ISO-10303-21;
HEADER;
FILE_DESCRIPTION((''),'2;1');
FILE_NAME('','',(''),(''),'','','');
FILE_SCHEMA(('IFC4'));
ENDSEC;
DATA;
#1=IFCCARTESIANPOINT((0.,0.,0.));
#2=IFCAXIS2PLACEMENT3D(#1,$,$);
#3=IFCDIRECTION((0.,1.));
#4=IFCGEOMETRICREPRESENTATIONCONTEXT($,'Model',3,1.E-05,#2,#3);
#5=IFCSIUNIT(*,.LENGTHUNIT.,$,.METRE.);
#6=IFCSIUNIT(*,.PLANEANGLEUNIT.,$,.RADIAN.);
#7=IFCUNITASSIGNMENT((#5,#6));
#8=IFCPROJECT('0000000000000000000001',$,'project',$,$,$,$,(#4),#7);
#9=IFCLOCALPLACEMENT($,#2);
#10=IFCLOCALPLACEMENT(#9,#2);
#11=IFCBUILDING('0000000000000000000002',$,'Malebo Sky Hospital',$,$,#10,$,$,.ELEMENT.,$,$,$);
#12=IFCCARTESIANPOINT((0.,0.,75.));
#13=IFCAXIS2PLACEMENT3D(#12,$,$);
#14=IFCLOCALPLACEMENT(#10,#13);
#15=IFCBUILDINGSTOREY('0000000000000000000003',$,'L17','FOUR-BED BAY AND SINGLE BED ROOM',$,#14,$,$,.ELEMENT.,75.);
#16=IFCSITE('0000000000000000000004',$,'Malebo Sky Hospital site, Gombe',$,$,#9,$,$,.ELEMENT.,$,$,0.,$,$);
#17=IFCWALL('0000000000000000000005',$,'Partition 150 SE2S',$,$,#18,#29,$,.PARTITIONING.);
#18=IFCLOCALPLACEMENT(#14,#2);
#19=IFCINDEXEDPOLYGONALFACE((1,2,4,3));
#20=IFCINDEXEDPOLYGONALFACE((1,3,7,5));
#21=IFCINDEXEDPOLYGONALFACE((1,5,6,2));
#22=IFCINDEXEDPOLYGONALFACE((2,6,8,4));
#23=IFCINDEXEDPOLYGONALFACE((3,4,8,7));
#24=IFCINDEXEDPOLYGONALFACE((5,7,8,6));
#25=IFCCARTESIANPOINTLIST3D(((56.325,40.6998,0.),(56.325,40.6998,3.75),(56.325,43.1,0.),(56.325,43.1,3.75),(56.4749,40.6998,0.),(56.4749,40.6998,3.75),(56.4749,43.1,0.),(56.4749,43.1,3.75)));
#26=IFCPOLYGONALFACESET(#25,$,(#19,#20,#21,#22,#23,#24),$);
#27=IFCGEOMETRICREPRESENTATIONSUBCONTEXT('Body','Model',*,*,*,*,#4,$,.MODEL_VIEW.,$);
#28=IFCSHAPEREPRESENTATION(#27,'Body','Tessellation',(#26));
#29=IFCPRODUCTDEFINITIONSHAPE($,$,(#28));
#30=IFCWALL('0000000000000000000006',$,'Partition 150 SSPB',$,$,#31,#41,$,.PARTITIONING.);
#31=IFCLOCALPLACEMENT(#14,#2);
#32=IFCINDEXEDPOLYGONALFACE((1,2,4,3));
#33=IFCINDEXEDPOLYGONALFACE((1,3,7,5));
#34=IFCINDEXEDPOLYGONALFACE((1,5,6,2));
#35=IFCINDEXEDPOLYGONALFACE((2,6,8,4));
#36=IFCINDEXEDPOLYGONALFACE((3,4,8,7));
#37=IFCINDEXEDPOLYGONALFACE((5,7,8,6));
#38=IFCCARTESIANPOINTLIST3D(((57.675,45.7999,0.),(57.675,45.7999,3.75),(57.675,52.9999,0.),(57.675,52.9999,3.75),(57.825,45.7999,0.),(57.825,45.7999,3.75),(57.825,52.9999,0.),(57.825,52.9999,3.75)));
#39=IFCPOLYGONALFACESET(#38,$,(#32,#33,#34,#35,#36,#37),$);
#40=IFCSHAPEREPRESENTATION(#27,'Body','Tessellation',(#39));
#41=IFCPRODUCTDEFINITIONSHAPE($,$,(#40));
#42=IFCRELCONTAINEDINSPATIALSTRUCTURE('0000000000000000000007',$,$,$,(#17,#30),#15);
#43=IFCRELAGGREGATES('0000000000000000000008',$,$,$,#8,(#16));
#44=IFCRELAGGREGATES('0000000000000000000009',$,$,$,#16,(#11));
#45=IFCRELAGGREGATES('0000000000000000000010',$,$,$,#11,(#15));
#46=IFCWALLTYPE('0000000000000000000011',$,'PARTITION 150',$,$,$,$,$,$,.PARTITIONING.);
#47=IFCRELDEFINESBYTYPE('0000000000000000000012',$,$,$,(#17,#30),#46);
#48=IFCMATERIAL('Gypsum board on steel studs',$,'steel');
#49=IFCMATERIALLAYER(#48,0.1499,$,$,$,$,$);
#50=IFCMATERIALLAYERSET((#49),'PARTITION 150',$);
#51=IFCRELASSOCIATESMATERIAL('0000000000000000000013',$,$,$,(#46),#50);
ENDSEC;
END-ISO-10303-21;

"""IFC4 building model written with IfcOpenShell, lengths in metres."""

from ifc_helpers import new_model, si_unit, direction, frame, frame_2d, origin, place, context, subcontext, project, spatial, rectangle, extrude, material, layer, layer_set, type_object, element, save


model = new_model("IFC4")

# Units and contexts
model_context = context("Model", 3, precision=1e-05, world=origin(), true_north=direction((0.0, 1.0)))
body_context = subcontext(model_context, "Body", "Model", "MODEL_VIEW")
ifc_project = project(units=[si_unit("LENGTHUNIT", "METRE"), si_unit("PLANEANGLEUNIT", "RADIAN")], contexts=[model_context])

# Site, building, storey
site_placement = place(None, origin())
site = spatial("IfcSite", under=ifc_project, at=site_placement, Name="Malebo Sky Hospital site, Gombe", CompositionType="ELEMENT", RefElevation=0.0)
building_placement = place(site_placement, origin())
building = spatial("IfcBuilding", under=site, at=building_placement, Name="Malebo Sky Hospital", CompositionType="ELEMENT")
storey_placement = place(building_placement, frame((0.0, 0.0, 75.0)))
storey = spatial("IfcBuildingStorey", under=building, at=storey_placement, Name="L17", Description="FOUR-BED BAY AND SINGLE BED ROOM", CompositionType="ELEMENT", Elevation=75.0)

# Shared definitions
ifc_material_1 = material(Name="Gypsum board on steel studs", Category="steel")

# Shared definitions
ifc_layer_1 = layer(ifc_material_1, 0.1499)
ifc_layer_set_1 = layer_set([ifc_layer_1], Name="PARTITION 150")
wall_type_1 = type_object("IfcWallType", Name="PARTITION 150", PredefinedType="PARTITIONING", material=ifc_layer_set_1)

# Walls
wall_1_placement = place(storey_placement, frame((56.3999, 43.1001, 0.0), z_axis=(0.0, 0.0, 1.0), x_axis=(0.0, -1.0, 0.0)))
element("IfcWall", 1, at=wall_1_placement, inside=storey, type_object=wall_type_1, Name="Partition 150 SE2S", PredefinedType="PARTITIONING", context=body_context, shape_type="SweptSolid", body=[
    extrude(rectangle(XDim=2.4001, YDim=0.1499, at=frame_2d((1.2002, 0.0))), origin(), (0.0, 0.0, 1.0), 3.75),
])
wall_2_placement = place(storey_placement, frame((57.75, 53.0, 0.0), z_axis=(0.0, 0.0, 1.0), x_axis=(0.0, -1.0, 0.0)))
element("IfcWall", 2, at=wall_2_placement, inside=storey, type_object=wall_type_1, Name="Partition 150 SSPB", PredefinedType="PARTITIONING", context=body_context, shape_type="SweptSolid", body=[
    extrude(rectangle(XDim=7.2, YDim=0.1499, at=frame_2d((3.6001, 0.0))), origin(), (0.0, 0.0, 1.0), 3.75),
])

save(model, "model.ifc")
